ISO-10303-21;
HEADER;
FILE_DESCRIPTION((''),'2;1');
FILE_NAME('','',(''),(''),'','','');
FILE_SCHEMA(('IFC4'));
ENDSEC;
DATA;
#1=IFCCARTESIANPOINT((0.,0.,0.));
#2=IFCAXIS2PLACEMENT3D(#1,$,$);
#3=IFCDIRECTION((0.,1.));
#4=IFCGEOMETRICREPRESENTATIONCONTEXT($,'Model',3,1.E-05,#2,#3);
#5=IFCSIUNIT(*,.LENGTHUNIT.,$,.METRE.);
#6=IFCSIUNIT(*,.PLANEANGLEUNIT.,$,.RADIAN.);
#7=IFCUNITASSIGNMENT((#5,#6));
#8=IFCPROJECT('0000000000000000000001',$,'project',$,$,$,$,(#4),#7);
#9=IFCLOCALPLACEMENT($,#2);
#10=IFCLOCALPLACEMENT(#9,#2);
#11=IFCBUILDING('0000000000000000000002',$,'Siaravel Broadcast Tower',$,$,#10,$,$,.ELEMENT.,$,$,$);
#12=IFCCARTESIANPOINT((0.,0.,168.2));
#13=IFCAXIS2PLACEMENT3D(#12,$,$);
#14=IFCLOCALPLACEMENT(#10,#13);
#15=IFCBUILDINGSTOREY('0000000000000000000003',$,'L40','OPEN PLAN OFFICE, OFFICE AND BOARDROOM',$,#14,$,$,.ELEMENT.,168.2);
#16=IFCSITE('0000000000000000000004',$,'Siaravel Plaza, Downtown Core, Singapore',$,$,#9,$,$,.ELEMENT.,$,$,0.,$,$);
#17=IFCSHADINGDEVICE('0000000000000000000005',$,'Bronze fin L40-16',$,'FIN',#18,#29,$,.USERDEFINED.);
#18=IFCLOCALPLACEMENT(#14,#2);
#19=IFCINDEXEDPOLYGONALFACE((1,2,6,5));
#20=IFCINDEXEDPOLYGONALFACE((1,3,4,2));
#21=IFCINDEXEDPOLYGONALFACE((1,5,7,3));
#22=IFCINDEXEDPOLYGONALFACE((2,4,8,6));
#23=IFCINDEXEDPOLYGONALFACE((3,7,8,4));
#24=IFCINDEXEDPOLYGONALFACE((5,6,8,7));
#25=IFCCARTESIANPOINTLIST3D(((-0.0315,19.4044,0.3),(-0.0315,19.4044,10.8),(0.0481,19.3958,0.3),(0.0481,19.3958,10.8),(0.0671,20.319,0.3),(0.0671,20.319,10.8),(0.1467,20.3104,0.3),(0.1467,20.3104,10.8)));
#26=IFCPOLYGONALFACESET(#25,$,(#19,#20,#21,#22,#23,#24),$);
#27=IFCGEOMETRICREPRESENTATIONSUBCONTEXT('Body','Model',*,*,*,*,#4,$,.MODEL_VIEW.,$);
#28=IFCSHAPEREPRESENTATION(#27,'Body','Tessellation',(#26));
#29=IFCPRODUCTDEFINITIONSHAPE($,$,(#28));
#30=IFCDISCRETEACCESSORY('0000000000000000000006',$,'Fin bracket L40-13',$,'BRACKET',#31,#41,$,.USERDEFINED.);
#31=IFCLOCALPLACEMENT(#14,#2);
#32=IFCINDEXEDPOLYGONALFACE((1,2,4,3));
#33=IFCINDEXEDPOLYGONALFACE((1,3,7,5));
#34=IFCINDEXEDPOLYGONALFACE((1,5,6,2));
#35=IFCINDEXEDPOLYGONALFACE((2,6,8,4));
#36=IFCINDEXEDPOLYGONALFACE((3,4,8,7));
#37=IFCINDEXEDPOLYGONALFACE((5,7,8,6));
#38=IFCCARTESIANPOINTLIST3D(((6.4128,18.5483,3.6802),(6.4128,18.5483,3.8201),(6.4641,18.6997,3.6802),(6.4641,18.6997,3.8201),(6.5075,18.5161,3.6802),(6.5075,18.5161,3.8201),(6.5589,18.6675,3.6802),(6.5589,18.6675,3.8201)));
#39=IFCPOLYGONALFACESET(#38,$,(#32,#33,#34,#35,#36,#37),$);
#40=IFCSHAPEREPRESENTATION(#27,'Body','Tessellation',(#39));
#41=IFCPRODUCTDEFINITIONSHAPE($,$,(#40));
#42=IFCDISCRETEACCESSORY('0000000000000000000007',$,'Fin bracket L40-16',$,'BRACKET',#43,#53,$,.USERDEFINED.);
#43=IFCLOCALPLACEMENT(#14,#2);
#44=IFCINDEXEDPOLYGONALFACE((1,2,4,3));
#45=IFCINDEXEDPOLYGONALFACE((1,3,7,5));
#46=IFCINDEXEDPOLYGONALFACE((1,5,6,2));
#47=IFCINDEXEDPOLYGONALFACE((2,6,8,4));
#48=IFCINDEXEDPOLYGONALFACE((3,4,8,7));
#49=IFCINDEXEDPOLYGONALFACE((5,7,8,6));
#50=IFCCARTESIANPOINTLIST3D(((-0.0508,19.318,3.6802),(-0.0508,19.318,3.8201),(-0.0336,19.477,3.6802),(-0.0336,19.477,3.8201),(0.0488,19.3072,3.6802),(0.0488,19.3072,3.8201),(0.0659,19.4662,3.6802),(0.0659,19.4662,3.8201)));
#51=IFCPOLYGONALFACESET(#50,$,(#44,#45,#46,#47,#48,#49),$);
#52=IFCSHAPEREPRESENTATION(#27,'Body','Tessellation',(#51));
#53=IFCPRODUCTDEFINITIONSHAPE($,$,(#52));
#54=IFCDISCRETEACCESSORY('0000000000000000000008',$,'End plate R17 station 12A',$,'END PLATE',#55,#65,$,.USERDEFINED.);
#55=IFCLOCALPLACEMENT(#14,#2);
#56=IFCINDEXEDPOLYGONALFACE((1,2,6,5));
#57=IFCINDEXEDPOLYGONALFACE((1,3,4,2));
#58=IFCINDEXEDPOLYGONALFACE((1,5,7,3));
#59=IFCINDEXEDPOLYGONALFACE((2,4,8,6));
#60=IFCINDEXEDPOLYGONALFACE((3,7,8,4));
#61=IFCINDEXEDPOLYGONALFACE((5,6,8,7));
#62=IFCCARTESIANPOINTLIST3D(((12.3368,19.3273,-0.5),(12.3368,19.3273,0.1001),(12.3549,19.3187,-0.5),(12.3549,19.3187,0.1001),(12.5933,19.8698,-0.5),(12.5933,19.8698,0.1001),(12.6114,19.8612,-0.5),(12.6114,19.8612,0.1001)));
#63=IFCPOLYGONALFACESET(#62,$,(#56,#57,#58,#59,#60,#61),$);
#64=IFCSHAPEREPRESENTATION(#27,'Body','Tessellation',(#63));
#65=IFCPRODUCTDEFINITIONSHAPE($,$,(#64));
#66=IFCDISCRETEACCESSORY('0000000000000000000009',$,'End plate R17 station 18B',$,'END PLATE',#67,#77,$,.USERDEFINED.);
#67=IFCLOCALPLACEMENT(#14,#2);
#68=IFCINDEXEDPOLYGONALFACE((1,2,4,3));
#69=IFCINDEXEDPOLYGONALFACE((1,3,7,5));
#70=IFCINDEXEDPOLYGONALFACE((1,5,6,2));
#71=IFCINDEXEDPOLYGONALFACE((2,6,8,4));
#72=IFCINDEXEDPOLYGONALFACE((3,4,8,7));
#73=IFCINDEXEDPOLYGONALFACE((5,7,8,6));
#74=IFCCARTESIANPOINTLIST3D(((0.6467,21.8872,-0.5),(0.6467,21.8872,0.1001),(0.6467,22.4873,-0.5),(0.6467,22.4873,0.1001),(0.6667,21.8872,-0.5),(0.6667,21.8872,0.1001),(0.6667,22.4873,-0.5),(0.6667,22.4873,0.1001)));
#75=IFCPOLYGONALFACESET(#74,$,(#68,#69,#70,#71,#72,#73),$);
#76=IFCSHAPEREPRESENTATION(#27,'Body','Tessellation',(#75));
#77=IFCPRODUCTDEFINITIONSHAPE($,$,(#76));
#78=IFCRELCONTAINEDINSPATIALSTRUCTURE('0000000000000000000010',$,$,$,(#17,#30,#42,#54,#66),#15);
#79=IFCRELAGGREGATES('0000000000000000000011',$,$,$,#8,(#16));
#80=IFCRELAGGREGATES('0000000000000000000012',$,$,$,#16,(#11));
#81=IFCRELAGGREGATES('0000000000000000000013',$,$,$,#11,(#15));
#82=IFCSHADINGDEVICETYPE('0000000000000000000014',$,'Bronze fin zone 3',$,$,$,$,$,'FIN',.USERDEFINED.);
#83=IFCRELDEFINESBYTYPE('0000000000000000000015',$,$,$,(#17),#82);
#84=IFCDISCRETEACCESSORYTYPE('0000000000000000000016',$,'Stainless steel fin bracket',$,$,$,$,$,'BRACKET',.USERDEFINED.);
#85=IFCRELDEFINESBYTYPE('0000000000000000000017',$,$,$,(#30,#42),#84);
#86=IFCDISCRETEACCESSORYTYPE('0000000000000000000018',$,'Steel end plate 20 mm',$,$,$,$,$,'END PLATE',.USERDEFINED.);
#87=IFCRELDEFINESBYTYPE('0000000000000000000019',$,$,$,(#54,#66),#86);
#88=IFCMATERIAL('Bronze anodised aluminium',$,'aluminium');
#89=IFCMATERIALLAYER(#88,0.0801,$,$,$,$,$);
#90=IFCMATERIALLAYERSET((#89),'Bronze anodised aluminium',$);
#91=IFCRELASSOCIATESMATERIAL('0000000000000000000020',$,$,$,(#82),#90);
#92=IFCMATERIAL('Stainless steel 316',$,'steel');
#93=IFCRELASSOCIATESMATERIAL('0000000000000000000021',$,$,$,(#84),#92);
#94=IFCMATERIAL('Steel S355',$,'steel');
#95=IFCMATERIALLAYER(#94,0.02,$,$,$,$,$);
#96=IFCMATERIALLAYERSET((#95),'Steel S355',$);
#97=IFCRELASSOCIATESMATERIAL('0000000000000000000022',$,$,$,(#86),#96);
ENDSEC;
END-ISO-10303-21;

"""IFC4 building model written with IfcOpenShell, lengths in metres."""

from ifc_helpers import new_model, si_unit, direction, frame, origin, origin_2d, place, context, subcontext, project, spatial, rectangle, extrude, material, layer, layer_set, type_object, element, save


model = new_model("IFC4")

# Units and contexts
model_context = context("Model", 3, precision=1e-05, world=origin(), true_north=direction((0.0, 1.0)))
body_context = subcontext(model_context, "Body", "Model", "MODEL_VIEW")
ifc_project = project(units=[si_unit("LENGTHUNIT", "METRE"), si_unit("PLANEANGLEUNIT", "RADIAN")], contexts=[model_context])

# Site, building, storey
site_placement = place(None, origin())
site = spatial("IfcSite", under=ifc_project, at=site_placement, Name="Siaravel Plaza, Downtown Core, Singapore", CompositionType="ELEMENT", RefElevation=0.0)
building_placement = place(site_placement, origin())
building = spatial("IfcBuilding", under=site, at=building_placement, Name="Siaravel Broadcast Tower", CompositionType="ELEMENT")
storey_placement = place(building_placement, frame((0.0, 0.0, 168.2)))
storey = spatial("IfcBuildingStorey", under=building, at=storey_placement, Name="L40", Description="OPEN PLAN OFFICE, OFFICE AND BOARDROOM", CompositionType="ELEMENT", Elevation=168.2)

# Shared definitions
ifc_material_1 = material(Name="Steel S355", Category="steel")

# Shading device
ifc_material_2 = material(Name="Bronze anodised aluminium", Category="aluminium")
ifc_layer_1 = layer(ifc_material_2, 0.0801)
ifc_layer_set_1 = layer_set([ifc_layer_1], Name="Bronze anodised aluminium")
shading_device_type = type_object("IfcShadingDeviceType", Name="Bronze fin zone 3", ElementType="FIN", PredefinedType="USERDEFINED", material=ifc_layer_set_1)
for number, where, z_axis, x_axis, name in (
    (1, (0.0576, 19.8574, 0.3), (0.0, 0.0, 1.0), (0.107217, 0.994236, 0.0), "Bronze fin L40-16"),
):
    element("IfcShadingDevice", number, at=place(storey_placement, frame(where, z_axis=z_axis, x_axis=x_axis)), inside=storey, type_object=shading_device_type, Name=name, ObjectType="FIN", PredefinedType="USERDEFINED", context=body_context, shape_type="SweptSolid", body=[
        extrude(rectangle(XDim=0.9199, YDim=0.0801, at=origin_2d()), origin(), (0.0, 0.0, 1.0), 10.5),
    ])

# Discrete accessories
ifc_material_3 = material(Name="Stainless steel 316", Category="steel")
discrete_accessory_type_1 = type_object("IfcDiscreteAccessoryType", Name="Stainless steel fin bracket", ElementType="BRACKET", PredefinedType="USERDEFINED", material=ifc_material_3)
for number, where, z_axis, x_axis, name in (
    (2, (6.4858, 18.6079, 3.6802), (0.0, 0.0, 1.0), (0.321301, 0.946977, 0.0), "Fin bracket L40-13"),
    (3, (0.0076, 19.3921, 3.6802), (0.0, 0.0, 1.0), (0.107217, 0.994236, 0.0), "Fin bracket L40-16"),
):
    element("IfcDiscreteAccessory", number, at=place(storey_placement, frame(where, z_axis=z_axis, x_axis=x_axis)), inside=storey, type_object=discrete_accessory_type_1, Name=name, ObjectType="BRACKET", PredefinedType="USERDEFINED", context=body_context, shape_type="SweptSolid", body=[
        extrude(rectangle(XDim=0.1599, YDim=0.1001, at=origin_2d()), origin(), (0.0, 0.0, 1.0), 0.1399),
    ])
ifc_layer_2 = layer(ifc_material_1, 0.02)
ifc_layer_set_2 = layer_set([ifc_layer_2], Name="Steel S355")
discrete_accessory_type_2 = type_object("IfcDiscreteAccessoryType", Name="Steel end plate 20 mm", ElementType="END PLATE", PredefinedType="USERDEFINED", material=ifc_layer_set_2)
for number, where, z_axis, x_axis, name in (
    (4, (12.4741, 19.5942, -0.5), (0.0, 0.0, 1.0), (-0.904006, 0.427519, 0.0), "End plate R17 station 12A"),
    (5, (0.6567, 22.1873, -0.5), (0.0, 0.0, 1.0), (-1.0, 0.0, 0.0), "End plate R17 station 18B"),
):
    element("IfcDiscreteAccessory", number, at=place(storey_placement, frame(where, z_axis=z_axis, x_axis=x_axis)), inside=storey, type_object=discrete_accessory_type_2, Name=name, ObjectType="END PLATE", PredefinedType="USERDEFINED", context=body_context, shape_type="SweptSolid", body=[
        extrude(rectangle(XDim=0.02, YDim=0.6001, at=origin_2d()), origin(), (0.0, 0.0, 1.0), 0.6001),
    ])

save(model, "model.ifc")
